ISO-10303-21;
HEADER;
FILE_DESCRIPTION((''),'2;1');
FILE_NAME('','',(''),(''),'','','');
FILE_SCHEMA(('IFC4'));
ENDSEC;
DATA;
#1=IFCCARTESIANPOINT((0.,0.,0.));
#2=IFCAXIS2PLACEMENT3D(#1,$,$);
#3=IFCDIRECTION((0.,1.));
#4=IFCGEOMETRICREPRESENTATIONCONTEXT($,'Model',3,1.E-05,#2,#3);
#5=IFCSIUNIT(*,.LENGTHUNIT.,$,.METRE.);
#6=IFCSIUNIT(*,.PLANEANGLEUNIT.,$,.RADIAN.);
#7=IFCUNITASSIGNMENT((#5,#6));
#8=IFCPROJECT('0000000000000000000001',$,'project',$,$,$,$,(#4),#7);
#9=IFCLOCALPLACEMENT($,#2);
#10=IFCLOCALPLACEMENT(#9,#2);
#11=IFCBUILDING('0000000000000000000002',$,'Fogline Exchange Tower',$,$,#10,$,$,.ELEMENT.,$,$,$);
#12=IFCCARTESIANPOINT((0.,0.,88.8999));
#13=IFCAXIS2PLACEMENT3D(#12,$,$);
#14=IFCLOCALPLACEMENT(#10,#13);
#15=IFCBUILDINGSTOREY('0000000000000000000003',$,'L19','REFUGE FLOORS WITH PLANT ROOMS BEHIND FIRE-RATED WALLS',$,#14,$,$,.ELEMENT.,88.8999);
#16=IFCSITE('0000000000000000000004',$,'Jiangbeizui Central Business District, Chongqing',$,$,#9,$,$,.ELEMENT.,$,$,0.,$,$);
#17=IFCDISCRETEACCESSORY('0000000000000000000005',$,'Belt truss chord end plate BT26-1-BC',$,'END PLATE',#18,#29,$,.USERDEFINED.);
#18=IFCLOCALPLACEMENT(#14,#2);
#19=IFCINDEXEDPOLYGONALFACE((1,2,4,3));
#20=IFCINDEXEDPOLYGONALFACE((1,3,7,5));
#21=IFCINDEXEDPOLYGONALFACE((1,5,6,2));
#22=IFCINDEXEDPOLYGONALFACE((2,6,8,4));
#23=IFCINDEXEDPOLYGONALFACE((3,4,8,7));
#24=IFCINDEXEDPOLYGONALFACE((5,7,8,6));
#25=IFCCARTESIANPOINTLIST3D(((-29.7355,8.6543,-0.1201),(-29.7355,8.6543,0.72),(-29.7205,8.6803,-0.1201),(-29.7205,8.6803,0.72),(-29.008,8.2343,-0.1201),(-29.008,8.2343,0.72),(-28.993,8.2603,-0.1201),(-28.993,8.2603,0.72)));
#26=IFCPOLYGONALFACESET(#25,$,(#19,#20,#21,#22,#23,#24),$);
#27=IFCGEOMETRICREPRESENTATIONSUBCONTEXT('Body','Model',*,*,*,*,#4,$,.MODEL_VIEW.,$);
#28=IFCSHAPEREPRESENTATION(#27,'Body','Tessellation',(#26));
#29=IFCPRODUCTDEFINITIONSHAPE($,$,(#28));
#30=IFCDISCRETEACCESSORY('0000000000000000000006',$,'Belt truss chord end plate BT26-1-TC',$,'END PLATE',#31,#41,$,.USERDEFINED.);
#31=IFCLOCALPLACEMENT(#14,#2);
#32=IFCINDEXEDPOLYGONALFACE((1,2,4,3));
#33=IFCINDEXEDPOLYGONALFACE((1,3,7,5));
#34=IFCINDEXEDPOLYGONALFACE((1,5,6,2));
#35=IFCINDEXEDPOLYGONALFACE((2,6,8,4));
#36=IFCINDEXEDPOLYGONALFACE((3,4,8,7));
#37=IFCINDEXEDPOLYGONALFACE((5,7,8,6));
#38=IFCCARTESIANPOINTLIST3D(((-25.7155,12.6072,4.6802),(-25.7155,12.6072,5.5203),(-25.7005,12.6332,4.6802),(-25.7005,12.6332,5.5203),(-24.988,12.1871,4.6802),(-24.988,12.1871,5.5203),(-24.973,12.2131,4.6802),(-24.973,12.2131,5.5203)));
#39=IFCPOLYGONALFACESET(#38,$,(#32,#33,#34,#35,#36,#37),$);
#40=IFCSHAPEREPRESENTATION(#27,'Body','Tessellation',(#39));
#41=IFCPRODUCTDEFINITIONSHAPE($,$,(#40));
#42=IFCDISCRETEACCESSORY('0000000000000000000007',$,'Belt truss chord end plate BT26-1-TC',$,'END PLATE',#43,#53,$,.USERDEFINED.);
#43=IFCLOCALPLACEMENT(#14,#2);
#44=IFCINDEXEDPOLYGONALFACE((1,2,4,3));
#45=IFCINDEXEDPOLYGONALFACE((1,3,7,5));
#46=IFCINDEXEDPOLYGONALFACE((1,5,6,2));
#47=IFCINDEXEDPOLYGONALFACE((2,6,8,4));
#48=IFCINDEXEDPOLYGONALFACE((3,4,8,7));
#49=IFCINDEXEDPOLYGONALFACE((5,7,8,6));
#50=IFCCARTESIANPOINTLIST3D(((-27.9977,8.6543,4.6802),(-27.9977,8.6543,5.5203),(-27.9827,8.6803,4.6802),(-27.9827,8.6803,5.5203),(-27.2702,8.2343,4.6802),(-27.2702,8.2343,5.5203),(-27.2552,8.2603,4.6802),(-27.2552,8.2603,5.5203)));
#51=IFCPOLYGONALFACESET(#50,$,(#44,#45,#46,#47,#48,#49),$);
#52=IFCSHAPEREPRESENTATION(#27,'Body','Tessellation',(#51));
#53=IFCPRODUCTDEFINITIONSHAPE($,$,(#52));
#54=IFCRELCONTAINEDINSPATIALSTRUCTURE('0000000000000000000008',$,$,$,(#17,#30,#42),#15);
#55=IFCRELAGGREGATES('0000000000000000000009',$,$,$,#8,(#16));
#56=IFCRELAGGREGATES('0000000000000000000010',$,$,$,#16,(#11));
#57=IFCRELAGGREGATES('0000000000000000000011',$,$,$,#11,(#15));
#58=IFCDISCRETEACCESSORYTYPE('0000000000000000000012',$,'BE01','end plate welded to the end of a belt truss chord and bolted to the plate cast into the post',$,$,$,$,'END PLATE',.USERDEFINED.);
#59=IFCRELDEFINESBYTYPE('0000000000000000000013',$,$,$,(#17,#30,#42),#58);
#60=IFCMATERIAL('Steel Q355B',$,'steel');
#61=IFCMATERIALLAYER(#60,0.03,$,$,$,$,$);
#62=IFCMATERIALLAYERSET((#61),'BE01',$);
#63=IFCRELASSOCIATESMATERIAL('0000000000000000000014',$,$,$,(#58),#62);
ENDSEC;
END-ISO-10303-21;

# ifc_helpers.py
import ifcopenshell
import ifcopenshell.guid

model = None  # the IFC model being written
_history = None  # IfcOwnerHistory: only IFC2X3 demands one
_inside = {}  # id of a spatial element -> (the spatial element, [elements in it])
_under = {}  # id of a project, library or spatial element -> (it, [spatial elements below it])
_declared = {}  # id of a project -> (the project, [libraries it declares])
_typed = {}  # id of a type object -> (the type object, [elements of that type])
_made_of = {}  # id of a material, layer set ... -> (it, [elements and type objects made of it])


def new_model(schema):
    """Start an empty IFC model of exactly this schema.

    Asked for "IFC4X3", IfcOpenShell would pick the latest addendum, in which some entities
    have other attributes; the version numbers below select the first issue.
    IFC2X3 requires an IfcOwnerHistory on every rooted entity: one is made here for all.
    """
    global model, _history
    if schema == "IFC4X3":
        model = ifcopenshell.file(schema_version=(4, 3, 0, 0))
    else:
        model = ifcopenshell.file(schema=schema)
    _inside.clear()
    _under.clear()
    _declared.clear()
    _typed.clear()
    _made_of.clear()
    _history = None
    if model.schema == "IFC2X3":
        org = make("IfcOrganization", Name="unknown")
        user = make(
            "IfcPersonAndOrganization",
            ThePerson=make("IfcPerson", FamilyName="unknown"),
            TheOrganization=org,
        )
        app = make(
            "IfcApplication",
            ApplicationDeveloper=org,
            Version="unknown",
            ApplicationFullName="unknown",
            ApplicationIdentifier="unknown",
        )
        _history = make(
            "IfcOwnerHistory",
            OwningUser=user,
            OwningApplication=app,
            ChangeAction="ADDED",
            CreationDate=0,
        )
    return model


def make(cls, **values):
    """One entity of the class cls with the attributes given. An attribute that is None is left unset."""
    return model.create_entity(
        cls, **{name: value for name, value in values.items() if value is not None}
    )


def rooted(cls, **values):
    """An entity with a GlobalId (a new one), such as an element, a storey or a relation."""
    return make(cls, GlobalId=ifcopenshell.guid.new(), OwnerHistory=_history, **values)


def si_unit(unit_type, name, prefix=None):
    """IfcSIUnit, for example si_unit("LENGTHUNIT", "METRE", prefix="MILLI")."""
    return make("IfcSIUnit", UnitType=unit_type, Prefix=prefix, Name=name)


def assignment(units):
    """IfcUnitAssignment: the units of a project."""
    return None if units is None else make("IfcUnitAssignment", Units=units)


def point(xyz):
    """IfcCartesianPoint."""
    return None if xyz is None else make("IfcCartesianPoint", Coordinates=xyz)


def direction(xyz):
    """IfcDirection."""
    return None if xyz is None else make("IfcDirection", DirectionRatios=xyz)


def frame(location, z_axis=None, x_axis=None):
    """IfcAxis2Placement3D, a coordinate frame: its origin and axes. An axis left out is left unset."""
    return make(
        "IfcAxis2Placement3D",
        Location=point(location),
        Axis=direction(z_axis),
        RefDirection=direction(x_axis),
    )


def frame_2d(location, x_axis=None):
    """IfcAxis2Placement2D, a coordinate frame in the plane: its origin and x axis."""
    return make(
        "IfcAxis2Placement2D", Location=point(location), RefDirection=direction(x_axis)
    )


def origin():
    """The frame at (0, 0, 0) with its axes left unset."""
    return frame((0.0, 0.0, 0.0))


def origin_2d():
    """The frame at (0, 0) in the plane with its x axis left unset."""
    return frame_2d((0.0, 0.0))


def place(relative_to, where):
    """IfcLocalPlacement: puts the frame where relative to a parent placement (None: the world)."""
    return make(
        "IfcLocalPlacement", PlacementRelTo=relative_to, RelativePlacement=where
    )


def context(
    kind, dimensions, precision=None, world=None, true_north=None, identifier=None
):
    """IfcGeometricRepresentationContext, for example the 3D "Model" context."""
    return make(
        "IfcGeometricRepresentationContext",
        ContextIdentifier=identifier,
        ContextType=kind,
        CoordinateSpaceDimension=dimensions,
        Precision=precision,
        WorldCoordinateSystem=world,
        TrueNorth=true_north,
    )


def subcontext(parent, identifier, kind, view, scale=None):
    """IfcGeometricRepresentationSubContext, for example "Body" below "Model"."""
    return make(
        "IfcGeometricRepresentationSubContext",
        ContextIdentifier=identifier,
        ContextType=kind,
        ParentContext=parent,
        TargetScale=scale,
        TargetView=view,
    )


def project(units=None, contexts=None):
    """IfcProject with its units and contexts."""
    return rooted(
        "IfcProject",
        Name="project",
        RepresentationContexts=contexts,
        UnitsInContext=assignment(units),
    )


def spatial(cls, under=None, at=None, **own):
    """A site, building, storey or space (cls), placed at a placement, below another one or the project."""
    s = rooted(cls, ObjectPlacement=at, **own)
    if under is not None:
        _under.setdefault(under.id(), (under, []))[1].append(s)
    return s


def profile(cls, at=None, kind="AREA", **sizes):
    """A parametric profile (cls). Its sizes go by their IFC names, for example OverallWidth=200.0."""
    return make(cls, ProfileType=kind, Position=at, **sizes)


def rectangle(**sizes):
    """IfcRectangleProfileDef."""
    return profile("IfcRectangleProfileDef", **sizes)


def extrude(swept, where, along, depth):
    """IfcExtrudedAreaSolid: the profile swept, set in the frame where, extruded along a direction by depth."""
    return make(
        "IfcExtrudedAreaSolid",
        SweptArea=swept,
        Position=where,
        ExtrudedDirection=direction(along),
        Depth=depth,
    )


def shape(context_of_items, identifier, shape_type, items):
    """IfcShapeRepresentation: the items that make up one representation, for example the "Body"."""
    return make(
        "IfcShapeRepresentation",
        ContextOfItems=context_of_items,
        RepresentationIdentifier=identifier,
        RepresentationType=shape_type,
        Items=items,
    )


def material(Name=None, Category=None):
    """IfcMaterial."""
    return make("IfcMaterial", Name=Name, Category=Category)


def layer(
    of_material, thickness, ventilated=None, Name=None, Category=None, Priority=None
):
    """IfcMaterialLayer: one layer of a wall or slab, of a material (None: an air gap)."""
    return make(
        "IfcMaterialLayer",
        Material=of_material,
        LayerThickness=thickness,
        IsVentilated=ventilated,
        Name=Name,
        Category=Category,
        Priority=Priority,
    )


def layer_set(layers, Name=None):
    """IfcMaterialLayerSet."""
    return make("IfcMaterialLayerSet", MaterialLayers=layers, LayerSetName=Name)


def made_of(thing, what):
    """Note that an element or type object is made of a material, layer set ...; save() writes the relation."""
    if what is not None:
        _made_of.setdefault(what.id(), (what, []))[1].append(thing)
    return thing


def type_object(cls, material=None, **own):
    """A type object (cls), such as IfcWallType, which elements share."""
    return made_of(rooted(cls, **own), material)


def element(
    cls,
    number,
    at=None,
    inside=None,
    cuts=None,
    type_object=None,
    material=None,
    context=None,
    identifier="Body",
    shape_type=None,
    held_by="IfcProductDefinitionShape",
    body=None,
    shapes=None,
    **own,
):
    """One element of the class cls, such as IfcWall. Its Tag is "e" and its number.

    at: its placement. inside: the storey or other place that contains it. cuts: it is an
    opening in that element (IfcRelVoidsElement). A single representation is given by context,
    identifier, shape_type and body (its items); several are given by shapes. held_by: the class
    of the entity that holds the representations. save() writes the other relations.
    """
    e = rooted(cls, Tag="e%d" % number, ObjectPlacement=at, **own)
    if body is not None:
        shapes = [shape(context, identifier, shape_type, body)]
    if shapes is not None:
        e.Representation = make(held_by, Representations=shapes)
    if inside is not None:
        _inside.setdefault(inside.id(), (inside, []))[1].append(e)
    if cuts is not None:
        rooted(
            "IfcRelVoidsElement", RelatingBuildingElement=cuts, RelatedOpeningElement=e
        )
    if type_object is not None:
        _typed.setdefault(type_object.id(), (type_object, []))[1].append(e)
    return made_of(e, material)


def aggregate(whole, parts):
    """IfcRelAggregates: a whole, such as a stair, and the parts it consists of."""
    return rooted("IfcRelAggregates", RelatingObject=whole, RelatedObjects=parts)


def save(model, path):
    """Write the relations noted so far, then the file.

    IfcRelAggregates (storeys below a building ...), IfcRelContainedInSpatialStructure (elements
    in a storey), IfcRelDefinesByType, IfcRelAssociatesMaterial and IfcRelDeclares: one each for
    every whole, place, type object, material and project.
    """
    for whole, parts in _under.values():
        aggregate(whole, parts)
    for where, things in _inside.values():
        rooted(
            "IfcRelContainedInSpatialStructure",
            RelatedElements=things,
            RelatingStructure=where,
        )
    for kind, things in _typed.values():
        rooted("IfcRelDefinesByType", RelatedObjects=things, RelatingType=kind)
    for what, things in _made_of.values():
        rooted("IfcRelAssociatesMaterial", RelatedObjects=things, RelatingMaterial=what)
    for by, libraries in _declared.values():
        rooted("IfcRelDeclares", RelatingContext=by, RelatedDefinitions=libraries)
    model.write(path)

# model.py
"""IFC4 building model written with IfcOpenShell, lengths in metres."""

from ifc_helpers import new_model, si_unit, direction, frame, origin, origin_2d, place, context, subcontext, project, spatial, rectangle, extrude, material, layer, layer_set, type_object, element, save


model = new_model("IFC4")

# Units and contexts
model_context = context("Model", 3, precision=1e-05, world=origin(), true_north=direction((0.0, 1.0)))
body_context = subcontext(model_context, "Body", "Model", "MODEL_VIEW")
ifc_project = project(units=[si_unit("LENGTHUNIT", "METRE"), si_unit("PLANEANGLEUNIT", "RADIAN")], contexts=[model_context])

# Site, building, storey
site_placement = place(None, origin())
site = spatial("IfcSite", under=ifc_project, at=site_placement, Name="Jiangbeizui Central Business District, Chongqing", CompositionType="ELEMENT", RefElevation=0.0)
building_placement = place(site_placement, origin())
building = spatial("IfcBuilding", under=site, at=building_placement, Name="Fogline Exchange Tower", CompositionType="ELEMENT")
storey_placement = place(building_placement, frame((0.0, 0.0, 88.8999)))
storey = spatial("IfcBuildingStorey", under=building, at=storey_placement, Name="L19", Description="REFUGE FLOORS WITH PLANT ROOMS BEHIND FIRE-RATED WALLS", CompositionType="ELEMENT", Elevation=88.8999)

# Shared definitions
ifc_material_1 = material(Name="Steel Q355B", Category="steel")

# Discrete accessories
ifc_layer = layer(ifc_material_1, 0.03)
ifc_layer_set = layer_set([ifc_layer], Name="BE01")
discrete_accessory_type = type_object("IfcDiscreteAccessoryType", Name="BE01", Description="end plate welded to the end of a belt truss chord and bolted to the plate cast into the post", ElementType="END PLATE", PredefinedType="USERDEFINED", material=ifc_layer_set)
for number, where, z_axis, x_axis, name in (
    (1, (-29.3643, 8.4573, -0.1201), (0.0, 0.0, 1.0), (-0.5, -0.866025, 0.0), "Belt truss chord end plate BT26-1-BC"),
    (2, (-25.3442, 12.4102, 4.6802), (0.0, 0.0, 1.0), (0.5, 0.866025, 0.0), "Belt truss chord end plate BT26-1-TC"),
    (3, (-27.6265, 8.4573, 4.6802), (0.0, 0.0, 1.0), (-0.5, -0.866025, 0.0), "Belt truss chord end plate BT26-1-TC"),
):
    element("IfcDiscreteAccessory", number, at=place(storey_placement, frame(where, z_axis=z_axis, x_axis=x_axis)), inside=storey, type_object=discrete_accessory_type, Name=name, ObjectType="END PLATE", PredefinedType="USERDEFINED", context=body_context, shape_type="SweptSolid", body=[
        extrude(rectangle(XDim=0.03, YDim=0.8401, at=origin_2d()), origin(), (0.0, 0.0, 1.0), 0.8401),
    ])

save(model, "model.ifc")
